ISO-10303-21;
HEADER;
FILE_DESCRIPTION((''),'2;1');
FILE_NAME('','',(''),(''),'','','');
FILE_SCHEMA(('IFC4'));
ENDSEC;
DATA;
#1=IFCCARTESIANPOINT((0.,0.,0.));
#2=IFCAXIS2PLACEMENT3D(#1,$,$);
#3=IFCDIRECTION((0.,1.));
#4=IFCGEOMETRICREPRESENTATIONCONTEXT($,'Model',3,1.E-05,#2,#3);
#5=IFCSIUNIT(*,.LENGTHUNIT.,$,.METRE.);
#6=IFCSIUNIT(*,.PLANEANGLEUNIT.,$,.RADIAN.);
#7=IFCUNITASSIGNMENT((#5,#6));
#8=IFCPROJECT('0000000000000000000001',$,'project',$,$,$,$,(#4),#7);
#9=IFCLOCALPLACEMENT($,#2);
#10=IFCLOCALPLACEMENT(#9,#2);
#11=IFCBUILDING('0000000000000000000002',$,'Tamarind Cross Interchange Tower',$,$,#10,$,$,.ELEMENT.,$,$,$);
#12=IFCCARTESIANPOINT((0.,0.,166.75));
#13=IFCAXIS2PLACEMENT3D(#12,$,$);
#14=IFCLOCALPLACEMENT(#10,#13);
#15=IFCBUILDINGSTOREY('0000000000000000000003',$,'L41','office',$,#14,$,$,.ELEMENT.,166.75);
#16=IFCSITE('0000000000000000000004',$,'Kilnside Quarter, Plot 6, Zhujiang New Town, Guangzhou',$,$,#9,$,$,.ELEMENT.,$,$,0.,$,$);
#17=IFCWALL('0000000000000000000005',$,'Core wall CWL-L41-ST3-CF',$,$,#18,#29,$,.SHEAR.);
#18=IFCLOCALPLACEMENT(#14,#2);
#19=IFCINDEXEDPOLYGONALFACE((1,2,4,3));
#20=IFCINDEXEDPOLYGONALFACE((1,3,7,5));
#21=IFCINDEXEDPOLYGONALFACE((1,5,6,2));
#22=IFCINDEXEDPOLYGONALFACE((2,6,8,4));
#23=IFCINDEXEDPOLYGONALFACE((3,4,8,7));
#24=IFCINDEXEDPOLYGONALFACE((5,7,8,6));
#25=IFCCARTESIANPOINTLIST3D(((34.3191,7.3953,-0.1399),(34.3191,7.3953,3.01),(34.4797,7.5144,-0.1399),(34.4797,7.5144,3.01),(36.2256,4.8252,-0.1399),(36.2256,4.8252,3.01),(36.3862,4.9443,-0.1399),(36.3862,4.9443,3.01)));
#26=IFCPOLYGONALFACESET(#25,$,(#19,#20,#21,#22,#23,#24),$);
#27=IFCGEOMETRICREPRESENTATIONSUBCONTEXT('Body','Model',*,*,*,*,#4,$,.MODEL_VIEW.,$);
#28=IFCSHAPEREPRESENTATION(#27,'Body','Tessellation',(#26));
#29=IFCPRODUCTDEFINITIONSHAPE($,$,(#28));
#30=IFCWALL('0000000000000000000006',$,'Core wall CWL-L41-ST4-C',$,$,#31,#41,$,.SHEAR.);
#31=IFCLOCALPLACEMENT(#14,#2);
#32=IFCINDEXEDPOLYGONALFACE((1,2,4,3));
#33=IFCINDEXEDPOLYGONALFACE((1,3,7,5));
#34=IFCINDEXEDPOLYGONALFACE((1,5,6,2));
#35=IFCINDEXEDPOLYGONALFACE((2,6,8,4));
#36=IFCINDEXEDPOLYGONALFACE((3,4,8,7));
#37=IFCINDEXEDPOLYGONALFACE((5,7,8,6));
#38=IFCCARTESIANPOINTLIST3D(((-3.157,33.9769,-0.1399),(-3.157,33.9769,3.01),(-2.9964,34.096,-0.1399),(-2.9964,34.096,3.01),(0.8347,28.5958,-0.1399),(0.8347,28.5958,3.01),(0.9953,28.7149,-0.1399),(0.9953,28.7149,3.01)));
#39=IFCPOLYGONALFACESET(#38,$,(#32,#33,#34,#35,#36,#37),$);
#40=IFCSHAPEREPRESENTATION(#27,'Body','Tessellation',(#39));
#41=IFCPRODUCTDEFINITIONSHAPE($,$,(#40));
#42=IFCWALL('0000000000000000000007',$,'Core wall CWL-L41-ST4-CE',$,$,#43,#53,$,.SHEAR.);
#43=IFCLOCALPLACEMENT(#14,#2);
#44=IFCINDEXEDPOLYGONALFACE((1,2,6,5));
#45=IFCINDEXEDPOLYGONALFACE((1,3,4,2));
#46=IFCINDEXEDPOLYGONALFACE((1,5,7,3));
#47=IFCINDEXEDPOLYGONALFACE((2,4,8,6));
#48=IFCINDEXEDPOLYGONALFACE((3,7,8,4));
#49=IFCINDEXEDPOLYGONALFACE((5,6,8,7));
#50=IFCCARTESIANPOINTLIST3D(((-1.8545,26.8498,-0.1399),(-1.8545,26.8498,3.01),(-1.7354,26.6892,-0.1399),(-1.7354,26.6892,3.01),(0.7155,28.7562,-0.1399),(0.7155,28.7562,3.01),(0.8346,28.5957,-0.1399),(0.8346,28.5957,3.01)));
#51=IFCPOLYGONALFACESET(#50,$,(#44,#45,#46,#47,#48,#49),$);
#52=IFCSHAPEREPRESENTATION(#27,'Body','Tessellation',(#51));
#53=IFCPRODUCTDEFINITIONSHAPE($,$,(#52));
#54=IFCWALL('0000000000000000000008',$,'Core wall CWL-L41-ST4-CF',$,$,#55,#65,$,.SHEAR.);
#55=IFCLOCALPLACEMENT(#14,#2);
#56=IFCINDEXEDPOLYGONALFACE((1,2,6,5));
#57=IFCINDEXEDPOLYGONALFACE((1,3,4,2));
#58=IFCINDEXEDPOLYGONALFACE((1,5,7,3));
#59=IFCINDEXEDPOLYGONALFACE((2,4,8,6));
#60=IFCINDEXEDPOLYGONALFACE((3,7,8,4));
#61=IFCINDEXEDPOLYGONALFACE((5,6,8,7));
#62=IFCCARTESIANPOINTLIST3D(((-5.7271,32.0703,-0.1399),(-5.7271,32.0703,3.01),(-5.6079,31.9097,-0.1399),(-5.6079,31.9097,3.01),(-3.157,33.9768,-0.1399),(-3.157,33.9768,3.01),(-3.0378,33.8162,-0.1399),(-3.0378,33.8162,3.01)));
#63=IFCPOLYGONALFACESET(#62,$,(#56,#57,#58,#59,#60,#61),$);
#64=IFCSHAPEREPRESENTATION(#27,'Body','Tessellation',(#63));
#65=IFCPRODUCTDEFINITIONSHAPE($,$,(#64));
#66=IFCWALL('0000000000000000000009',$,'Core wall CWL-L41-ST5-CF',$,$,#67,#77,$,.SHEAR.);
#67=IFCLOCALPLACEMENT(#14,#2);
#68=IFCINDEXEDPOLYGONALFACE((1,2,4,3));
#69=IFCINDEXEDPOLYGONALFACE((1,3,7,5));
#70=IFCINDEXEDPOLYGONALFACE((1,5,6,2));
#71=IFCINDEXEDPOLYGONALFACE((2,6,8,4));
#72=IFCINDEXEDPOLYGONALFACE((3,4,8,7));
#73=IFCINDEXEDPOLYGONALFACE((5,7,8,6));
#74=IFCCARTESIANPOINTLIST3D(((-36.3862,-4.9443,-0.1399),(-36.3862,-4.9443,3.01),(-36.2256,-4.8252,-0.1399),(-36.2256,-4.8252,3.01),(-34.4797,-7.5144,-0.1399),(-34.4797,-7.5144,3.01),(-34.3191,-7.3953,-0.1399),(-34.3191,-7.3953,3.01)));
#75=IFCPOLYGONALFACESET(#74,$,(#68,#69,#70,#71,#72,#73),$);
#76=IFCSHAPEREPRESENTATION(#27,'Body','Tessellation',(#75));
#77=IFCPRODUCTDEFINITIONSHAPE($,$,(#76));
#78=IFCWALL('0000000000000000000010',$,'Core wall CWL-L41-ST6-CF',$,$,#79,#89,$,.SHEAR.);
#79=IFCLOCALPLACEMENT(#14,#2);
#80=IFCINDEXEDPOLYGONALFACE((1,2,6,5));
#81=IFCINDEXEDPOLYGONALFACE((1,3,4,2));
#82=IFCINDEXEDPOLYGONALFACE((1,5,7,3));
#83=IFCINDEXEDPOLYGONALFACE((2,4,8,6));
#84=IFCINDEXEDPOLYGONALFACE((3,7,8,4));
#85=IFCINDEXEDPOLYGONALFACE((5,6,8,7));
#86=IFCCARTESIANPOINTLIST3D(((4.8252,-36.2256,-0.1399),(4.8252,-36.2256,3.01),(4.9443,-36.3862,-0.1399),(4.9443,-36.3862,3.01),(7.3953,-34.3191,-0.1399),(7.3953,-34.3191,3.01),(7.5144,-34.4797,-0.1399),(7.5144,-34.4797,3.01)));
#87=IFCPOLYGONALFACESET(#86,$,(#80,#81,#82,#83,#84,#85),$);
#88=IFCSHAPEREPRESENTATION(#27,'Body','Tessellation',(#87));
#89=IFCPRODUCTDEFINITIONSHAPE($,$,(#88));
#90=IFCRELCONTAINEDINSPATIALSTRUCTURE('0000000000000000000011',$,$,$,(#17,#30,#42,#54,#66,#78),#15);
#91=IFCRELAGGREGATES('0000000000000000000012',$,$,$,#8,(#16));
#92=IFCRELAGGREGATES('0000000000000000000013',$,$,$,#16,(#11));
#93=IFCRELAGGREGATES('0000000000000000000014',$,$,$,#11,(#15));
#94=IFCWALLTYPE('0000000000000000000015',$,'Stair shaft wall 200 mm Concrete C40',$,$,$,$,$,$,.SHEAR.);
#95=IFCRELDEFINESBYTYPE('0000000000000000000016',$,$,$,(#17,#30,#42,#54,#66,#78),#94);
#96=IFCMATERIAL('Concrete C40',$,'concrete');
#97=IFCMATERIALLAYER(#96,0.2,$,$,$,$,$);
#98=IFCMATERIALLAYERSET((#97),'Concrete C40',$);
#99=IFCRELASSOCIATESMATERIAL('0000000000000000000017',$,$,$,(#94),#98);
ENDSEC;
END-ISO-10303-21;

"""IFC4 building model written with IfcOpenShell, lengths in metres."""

from ifc_helpers import new_model, si_unit, direction, frame, frame_2d, origin, place, context, subcontext, project, spatial, polyline, rectangle, outline, extrude, material, layer, layer_set, type_object, element, save


model = new_model("IFC4")

# Units and contexts
model_context = context("Model", 3, precision=1e-05, world=origin(), true_north=direction((0.0, 1.0)))
body_context = subcontext(model_context, "Body", "Model", "MODEL_VIEW")
ifc_project = project(units=[si_unit("LENGTHUNIT", "METRE"), si_unit("PLANEANGLEUNIT", "RADIAN")], contexts=[model_context])

# Site, building, storey
site_placement = place(None, origin())
site = spatial("IfcSite", under=ifc_project, at=site_placement, Name="Kilnside Quarter, Plot 6, Zhujiang New Town, Guangzhou", CompositionType="ELEMENT", RefElevation=0.0)
building_placement = place(site_placement, origin())
building = spatial("IfcBuilding", under=site, at=building_placement, Name="Tamarind Cross Interchange Tower", CompositionType="ELEMENT")
storey_placement = place(building_placement, frame((0.0, 0.0, 166.75)))
storey = spatial("IfcBuildingStorey", under=building, at=storey_placement, Name="L41", Description="office", CompositionType="ELEMENT", Elevation=166.75)

# Shared definitions
ifc_material_1 = material(Name="Concrete C40", Category="concrete")

# Walls
ifc_layer_1 = layer(ifc_material_1, 0.2)
ifc_layer_set_1 = layer_set([ifc_layer_1], Name="Concrete C40")
wall_type_1 = type_object("IfcWallType", Name="Stair shaft wall 200 mm Concrete C40", PredefinedType="SHEAR", material=ifc_layer_set_1)
wall_1_placement = place(storey_placement, frame((0.0, 0.0, -0.1399)))
element("IfcWall", 1, at=wall_1_placement, inside=storey, type_object=wall_type_1, Name="Core wall CWL-L41-ST3-CF", PredefinedType="SHEAR", context=body_context, shape_type="SweptSolid", body=[
    extrude(outline(polyline([(36.2256, 4.8252), (36.3862, 4.9443), (34.4797, 7.5144), (34.3191, 7.3953), (36.2256, 4.8252)])), origin(), (0.0, 0.0, 1.0), 3.1499),
])
wall_2_placement = place(storey_placement, frame((0.915, 28.6553, -0.1399), z_axis=(0.0, 0.0, 1.0), x_axis=(-0.595776, 0.80315, 0.0)))
element("IfcWall", 2, at=wall_2_placement, inside=storey, type_object=wall_type_1, Name="Core wall CWL-L41-ST4-C", PredefinedType="SHEAR", context=body_context, shape_type="SweptSolid", body=[
    extrude(rectangle(XDim=6.7, YDim=0.2, at=frame_2d((3.3501, 0.0))), origin(), (0.0, 0.0, 1.0), 3.1499),
])
wall_3_placement = place(storey_placement, frame((0.7751, 28.676, -0.1399), z_axis=(0.0, 0.0, 1.0), x_axis=(-0.803147, -0.59578, 0.0)))
element("IfcWall", 3, at=wall_3_placement, inside=storey, type_object=wall_type_1, Name="Core wall CWL-L41-ST4-CE", PredefinedType="SHEAR", context=body_context, shape_type="SweptSolid", body=[
    extrude(rectangle(XDim=3.2, YDim=0.2, at=frame_2d((1.6001, 0.0))), origin(), (0.0, 0.0, 1.0), 3.1499),
])
wall_4_placement = place(storey_placement, frame((0.0, 0.0, -0.1399)))
element("IfcWall", 4, at=wall_4_placement, inside=storey, type_object=wall_type_1, Name="Core wall CWL-L41-ST4-CF", PredefinedType="SHEAR", context=body_context, shape_type="SweptSolid", body=[
    extrude(outline(polyline([(-3.0378, 33.8162), (-3.157, 33.9768), (-5.7271, 32.0703), (-5.6079, 31.9097), (-3.0378, 33.8162)])), origin(), (0.0, 0.0, 1.0), 3.1499),
])
wall_5_placement = place(storey_placement, frame((0.0, 0.0, -0.1399)))
element("IfcWall", 5, at=wall_5_placement, inside=storey, type_object=wall_type_1, Name="Core wall CWL-L41-ST5-CF", PredefinedType="SHEAR", context=body_context, shape_type="SweptSolid", body=[
    extrude(outline(polyline([(-36.2256, -4.8252), (-36.3862, -4.9443), (-34.4797, -7.5144), (-34.3191, -7.3953), (-36.2256, -4.8252)])), origin(), (0.0, 0.0, 1.0), 3.1499),
])
wall_6_placement = place(storey_placement, frame((0.0, 0.0, -0.1399)))
element("IfcWall", 6, at=wall_6_placement, inside=storey, type_object=wall_type_1, Name="Core wall CWL-L41-ST6-CF", PredefinedType="SHEAR", context=body_context, shape_type="SweptSolid", body=[
    extrude(outline(polyline([(4.8252, -36.2256), (4.9443, -36.3862), (7.5144, -34.4797), (7.3953, -34.3191), (4.8252, -36.2256)])), origin(), (0.0, 0.0, 1.0), 3.1499),
])

save(model, "model.ifc")
